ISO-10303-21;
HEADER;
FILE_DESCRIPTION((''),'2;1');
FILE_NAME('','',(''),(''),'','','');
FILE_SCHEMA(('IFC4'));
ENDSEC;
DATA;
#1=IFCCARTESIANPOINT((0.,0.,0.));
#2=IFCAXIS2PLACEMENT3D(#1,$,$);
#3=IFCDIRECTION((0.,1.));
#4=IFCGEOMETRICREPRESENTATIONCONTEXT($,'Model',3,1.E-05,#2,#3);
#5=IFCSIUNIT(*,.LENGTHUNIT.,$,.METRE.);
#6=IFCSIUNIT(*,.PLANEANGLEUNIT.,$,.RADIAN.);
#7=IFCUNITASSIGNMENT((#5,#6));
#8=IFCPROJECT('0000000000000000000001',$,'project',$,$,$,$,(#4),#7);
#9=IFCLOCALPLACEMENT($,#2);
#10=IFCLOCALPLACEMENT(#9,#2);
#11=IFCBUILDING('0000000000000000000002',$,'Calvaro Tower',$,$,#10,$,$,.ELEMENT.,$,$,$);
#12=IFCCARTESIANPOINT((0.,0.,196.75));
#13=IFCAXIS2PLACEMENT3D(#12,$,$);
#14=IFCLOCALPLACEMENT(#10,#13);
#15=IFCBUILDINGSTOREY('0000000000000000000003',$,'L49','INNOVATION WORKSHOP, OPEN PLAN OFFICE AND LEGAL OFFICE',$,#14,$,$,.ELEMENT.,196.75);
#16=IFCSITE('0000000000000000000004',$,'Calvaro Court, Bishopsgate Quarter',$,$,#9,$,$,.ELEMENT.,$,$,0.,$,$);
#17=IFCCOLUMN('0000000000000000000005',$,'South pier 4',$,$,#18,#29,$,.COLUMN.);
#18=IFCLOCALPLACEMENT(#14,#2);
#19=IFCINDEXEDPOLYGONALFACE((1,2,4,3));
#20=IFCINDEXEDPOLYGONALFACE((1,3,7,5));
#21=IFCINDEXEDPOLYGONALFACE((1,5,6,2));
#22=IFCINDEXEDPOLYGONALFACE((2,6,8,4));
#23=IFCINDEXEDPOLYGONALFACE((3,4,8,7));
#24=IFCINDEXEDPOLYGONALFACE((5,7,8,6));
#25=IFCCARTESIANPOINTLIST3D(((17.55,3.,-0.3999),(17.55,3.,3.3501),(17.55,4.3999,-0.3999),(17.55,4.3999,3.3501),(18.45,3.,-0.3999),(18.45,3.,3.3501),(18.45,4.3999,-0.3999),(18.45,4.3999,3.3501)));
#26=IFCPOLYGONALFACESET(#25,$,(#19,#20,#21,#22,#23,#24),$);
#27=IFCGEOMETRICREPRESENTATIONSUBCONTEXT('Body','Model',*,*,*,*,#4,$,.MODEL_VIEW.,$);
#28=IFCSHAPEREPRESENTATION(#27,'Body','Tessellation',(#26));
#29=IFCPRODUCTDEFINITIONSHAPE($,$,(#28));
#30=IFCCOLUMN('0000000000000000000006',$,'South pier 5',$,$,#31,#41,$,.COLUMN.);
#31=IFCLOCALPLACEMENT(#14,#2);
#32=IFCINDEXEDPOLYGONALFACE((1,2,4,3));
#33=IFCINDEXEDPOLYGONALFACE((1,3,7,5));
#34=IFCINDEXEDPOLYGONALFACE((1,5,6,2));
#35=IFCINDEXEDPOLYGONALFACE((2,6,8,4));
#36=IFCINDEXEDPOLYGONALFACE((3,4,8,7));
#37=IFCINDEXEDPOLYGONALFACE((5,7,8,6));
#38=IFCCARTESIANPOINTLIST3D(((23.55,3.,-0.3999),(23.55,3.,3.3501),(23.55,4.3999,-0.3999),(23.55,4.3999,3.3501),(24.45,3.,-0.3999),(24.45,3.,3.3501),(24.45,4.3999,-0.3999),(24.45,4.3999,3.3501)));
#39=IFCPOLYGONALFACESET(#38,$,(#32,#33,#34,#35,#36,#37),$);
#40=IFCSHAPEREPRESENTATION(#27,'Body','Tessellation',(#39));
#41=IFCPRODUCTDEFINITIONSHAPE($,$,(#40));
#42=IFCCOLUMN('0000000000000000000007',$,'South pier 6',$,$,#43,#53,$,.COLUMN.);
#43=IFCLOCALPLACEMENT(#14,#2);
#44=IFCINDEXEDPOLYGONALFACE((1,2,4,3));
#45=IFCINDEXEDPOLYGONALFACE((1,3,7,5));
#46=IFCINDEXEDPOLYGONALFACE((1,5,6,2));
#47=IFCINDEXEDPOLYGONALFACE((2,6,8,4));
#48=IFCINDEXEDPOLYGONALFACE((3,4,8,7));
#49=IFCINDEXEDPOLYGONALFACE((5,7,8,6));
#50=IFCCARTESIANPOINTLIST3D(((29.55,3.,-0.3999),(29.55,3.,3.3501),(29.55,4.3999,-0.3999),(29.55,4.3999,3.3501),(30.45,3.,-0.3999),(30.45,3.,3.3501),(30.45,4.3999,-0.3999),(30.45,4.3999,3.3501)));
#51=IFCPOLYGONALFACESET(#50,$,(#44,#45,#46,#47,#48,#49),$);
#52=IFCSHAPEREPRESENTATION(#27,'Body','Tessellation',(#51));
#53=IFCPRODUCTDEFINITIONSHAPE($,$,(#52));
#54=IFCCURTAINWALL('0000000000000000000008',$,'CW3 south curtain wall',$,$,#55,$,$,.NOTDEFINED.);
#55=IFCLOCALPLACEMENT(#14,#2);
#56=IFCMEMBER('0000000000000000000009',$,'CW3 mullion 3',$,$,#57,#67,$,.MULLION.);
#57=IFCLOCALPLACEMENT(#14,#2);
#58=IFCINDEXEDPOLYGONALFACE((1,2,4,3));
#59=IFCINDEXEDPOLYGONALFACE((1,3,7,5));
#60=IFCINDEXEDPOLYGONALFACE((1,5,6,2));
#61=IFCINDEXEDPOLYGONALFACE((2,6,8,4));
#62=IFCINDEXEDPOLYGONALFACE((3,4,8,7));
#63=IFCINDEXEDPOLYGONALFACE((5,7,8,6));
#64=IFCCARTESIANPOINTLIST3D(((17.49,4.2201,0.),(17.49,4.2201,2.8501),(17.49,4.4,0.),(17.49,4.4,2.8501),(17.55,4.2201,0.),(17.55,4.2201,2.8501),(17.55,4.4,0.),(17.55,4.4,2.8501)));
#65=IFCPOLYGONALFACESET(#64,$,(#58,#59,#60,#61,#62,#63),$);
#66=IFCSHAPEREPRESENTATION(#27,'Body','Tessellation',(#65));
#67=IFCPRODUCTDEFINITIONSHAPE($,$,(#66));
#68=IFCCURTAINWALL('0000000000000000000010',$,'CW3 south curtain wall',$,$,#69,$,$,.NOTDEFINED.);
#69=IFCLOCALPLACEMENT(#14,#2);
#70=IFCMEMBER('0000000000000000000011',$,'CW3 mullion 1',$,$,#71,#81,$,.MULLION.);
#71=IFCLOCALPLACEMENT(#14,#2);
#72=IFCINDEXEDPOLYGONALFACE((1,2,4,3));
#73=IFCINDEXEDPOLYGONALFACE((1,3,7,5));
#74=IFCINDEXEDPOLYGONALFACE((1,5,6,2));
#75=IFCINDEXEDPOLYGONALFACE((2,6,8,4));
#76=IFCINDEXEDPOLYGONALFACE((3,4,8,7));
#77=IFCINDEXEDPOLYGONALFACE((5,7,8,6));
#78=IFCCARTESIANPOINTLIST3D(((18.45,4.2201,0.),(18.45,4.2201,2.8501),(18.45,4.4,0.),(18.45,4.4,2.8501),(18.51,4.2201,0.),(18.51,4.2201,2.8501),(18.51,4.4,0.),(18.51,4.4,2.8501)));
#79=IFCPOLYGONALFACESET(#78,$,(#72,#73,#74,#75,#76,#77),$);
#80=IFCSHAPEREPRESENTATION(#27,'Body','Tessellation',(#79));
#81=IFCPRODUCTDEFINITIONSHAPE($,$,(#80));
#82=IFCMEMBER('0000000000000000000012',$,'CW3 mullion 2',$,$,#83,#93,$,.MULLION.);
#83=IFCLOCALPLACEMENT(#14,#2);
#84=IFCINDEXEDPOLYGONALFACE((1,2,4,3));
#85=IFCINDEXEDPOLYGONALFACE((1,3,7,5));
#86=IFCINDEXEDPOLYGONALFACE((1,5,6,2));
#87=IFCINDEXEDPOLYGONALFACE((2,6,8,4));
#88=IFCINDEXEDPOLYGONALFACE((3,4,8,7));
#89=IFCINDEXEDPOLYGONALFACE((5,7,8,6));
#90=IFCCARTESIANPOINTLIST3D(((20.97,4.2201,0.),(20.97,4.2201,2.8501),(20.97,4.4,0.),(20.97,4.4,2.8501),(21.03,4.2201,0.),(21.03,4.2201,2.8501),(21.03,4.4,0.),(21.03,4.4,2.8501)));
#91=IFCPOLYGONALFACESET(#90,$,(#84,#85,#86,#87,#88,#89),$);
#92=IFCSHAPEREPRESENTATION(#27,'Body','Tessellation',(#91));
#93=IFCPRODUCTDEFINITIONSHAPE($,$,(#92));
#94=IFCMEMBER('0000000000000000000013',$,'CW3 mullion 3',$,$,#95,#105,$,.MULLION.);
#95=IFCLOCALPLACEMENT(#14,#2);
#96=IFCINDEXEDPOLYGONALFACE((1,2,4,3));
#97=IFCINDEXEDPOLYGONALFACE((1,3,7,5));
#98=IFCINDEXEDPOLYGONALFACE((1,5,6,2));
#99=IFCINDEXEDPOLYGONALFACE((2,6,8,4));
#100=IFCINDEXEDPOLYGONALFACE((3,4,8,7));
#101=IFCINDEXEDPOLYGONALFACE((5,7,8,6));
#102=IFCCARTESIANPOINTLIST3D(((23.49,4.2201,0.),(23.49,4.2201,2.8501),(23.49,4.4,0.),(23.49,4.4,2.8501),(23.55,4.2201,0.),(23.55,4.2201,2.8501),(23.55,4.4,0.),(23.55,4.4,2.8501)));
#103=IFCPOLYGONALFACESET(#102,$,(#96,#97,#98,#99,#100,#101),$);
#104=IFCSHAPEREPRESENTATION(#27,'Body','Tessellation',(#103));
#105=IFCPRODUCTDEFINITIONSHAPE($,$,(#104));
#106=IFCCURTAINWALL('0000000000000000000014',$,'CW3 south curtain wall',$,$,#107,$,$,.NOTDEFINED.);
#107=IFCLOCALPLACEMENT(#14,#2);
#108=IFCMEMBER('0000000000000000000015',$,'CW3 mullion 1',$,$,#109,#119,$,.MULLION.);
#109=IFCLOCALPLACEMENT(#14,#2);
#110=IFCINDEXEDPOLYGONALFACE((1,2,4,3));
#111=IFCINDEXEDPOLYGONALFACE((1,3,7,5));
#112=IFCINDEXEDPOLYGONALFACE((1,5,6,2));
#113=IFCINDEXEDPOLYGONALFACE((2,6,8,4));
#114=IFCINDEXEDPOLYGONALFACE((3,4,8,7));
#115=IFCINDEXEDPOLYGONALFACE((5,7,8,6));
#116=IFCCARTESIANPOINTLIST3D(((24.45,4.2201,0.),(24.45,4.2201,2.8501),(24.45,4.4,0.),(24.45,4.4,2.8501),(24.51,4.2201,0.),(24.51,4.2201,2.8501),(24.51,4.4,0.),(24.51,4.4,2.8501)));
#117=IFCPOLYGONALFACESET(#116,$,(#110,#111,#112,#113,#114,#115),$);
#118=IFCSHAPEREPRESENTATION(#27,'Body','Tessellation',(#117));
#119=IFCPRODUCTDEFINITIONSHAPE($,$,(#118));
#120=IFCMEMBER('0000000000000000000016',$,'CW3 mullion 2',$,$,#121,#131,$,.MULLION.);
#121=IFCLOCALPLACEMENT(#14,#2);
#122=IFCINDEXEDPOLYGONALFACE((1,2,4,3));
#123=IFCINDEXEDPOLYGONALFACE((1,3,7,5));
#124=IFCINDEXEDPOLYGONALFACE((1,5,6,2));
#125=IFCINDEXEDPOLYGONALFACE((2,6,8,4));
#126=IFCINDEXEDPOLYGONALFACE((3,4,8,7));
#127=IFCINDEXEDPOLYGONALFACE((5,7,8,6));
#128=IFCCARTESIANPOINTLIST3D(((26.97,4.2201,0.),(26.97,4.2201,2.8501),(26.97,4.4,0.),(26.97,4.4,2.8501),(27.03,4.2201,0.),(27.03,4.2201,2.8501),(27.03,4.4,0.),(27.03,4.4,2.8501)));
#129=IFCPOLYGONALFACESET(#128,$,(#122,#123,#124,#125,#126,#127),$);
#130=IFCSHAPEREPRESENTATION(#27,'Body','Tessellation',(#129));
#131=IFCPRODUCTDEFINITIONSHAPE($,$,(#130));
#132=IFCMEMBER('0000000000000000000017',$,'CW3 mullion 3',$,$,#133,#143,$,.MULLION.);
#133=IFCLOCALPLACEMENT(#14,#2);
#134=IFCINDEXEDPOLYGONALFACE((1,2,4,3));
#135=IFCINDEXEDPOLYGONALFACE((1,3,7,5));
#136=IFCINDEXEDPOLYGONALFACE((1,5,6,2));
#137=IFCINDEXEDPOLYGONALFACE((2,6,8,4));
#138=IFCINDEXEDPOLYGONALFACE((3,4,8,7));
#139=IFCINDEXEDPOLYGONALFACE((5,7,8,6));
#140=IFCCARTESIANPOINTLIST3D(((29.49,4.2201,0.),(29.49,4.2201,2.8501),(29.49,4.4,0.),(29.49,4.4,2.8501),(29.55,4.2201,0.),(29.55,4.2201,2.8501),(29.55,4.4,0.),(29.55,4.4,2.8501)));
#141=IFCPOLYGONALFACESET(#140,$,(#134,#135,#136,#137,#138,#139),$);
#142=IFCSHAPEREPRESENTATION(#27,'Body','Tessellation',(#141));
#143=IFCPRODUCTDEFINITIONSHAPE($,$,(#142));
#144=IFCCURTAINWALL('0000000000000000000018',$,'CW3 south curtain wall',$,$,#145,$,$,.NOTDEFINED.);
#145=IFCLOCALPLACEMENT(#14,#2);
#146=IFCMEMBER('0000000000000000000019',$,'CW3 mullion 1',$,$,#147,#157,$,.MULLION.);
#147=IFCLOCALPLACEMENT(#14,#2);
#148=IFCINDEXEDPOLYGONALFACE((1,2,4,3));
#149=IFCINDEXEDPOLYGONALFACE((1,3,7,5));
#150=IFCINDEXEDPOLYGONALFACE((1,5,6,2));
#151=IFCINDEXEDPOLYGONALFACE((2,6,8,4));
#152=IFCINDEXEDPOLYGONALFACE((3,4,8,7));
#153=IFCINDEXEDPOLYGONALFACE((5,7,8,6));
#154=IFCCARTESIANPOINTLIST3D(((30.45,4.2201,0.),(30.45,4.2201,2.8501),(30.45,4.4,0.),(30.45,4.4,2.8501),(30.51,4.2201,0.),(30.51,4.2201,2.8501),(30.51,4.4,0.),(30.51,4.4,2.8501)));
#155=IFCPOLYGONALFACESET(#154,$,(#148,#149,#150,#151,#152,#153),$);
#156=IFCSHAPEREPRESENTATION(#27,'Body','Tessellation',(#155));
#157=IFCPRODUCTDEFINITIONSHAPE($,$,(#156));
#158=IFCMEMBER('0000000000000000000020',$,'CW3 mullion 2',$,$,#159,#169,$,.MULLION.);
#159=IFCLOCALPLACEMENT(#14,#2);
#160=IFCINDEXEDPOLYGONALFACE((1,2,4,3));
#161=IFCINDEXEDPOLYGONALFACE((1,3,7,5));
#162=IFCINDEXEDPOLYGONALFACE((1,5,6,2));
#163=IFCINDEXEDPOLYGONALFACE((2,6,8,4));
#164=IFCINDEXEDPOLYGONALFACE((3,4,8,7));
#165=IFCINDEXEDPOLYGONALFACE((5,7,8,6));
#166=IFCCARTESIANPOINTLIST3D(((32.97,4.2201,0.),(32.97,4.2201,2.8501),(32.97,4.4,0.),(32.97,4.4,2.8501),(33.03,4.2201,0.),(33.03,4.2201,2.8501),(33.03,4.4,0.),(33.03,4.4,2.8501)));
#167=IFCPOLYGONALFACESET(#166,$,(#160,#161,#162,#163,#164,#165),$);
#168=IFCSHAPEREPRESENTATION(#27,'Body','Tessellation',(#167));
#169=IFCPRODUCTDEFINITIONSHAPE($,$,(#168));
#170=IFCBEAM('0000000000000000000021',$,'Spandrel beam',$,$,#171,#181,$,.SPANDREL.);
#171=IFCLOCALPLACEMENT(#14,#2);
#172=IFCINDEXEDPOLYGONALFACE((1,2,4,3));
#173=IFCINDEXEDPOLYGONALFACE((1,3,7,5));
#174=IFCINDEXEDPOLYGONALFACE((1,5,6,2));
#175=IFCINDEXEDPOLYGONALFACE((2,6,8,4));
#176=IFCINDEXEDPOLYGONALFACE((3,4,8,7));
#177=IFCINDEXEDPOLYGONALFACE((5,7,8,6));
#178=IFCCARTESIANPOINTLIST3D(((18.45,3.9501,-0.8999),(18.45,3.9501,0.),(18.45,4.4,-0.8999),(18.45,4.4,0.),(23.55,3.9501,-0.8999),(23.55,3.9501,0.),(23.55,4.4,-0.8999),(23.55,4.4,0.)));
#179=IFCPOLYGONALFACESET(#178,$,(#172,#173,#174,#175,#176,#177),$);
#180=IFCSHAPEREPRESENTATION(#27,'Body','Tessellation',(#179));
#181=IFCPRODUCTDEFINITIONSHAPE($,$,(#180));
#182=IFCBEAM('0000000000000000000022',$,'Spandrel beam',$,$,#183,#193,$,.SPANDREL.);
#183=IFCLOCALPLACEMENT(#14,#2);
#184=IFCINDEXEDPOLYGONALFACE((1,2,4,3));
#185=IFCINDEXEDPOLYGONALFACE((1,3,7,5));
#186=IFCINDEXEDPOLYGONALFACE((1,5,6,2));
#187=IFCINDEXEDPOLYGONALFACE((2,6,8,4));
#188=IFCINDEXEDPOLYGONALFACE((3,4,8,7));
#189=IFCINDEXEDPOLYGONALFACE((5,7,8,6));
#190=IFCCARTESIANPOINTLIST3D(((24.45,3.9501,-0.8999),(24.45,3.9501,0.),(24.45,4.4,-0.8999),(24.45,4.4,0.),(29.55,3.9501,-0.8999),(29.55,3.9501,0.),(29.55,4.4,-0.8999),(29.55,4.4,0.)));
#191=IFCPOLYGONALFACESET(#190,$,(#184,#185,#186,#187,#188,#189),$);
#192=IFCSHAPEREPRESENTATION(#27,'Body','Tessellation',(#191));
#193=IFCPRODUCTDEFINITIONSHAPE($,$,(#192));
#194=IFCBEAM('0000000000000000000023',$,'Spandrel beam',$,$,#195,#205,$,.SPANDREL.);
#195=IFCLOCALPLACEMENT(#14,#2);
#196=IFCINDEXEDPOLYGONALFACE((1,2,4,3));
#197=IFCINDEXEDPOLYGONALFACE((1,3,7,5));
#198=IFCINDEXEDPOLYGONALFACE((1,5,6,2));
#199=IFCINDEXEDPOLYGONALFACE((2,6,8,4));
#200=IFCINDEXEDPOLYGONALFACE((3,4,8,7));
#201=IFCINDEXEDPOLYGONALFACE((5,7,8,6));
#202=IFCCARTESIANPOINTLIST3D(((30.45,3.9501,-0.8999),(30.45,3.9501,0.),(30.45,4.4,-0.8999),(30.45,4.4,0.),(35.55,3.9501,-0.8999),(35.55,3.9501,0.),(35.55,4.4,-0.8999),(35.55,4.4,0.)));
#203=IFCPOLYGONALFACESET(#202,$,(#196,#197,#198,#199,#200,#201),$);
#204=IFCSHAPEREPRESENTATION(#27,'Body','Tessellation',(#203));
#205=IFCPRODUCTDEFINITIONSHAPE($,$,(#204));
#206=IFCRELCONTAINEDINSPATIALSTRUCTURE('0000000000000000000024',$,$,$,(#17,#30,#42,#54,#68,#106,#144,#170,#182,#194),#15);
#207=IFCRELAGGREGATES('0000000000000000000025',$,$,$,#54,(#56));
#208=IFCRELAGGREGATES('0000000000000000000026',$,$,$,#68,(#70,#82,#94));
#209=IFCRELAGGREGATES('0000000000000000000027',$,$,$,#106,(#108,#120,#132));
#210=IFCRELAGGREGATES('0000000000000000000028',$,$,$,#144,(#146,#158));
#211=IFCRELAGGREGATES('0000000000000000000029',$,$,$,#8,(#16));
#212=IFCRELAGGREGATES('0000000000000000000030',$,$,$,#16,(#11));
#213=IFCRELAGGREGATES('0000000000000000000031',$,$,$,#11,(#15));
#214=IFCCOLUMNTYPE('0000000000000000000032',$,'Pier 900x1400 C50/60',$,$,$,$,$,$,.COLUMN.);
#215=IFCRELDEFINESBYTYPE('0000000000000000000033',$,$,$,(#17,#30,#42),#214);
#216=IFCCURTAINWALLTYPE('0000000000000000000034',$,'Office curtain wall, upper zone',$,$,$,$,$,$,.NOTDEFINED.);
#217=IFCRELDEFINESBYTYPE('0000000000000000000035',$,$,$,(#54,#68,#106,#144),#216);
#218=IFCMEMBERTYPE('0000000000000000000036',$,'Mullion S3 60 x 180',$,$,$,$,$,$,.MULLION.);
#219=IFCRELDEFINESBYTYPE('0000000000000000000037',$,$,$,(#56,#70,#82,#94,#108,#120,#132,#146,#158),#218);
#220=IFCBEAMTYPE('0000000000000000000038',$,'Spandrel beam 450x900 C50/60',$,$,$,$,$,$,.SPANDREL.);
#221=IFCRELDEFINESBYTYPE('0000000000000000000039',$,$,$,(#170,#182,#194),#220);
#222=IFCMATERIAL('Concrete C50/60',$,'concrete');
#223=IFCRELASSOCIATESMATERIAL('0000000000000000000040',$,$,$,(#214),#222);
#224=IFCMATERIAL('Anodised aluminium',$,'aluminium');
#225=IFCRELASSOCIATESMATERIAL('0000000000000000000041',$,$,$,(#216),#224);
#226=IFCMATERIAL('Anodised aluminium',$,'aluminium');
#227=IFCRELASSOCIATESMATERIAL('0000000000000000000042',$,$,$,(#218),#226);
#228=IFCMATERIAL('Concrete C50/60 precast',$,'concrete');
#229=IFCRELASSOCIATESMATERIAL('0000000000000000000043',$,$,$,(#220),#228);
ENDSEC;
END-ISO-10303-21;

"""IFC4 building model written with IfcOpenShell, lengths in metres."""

from ifc_helpers import new_model, si_unit, direction, frame, origin, origin_2d, place, context, subcontext, project, spatial, rectangle, extrude, material, material_profile, profile_set, type_object, element, aggregate, save


model = new_model("IFC4")

# Units and contexts
model_context = context("Model", 3, precision=1e-05, world=origin(), true_north=direction((0.0, 1.0)))
body_context = subcontext(model_context, "Body", "Model", "MODEL_VIEW")
ifc_project = project(units=[si_unit("LENGTHUNIT", "METRE"), si_unit("PLANEANGLEUNIT", "RADIAN")], contexts=[model_context])

# Site, building, storey
site_placement = place(None, origin())
site = spatial("IfcSite", under=ifc_project, at=site_placement, Name="Calvaro Court, Bishopsgate Quarter", CompositionType="ELEMENT", RefElevation=0.0)
building_placement = place(site_placement, origin())
building = spatial("IfcBuilding", under=site, at=building_placement, Name="Calvaro Tower", CompositionType="ELEMENT")
storey_placement = place(building_placement, frame((0.0, 0.0, 196.75)))
storey = spatial("IfcBuildingStorey", under=building, at=storey_placement, Name="L49", Description="INNOVATION WORKSHOP, OPEN PLAN OFFICE AND LEGAL OFFICE", CompositionType="ELEMENT", Elevation=196.75)

# Columns
ifc_material_1 = material(Name="Concrete C50/60", Category="concrete")
ifc_material_profile_1 = material_profile(ifc_material_1, rectangle(XDim=0.8999, YDim=1.3999, at=origin_2d()), Name="RC 900x1400")
ifc_profile_set_1 = profile_set([ifc_material_profile_1], Name="Concrete C50/60")
column_type = type_object("IfcColumnType", Name="Pier 900x1400 C50/60", PredefinedType="COLUMN", material=ifc_profile_set_1)
for number, where, z_axis, x_axis, name in (
    (1, (18.0, 3.7, -0.3999), (0.0, 0.0, 1.0), (1.0, 0.0, 0.0), "South pier 4"),
    (2, (24.0, 3.7, -0.3999), (0.0, 0.0, 1.0), (1.0, 0.0, 0.0), "South pier 5"),
    (3, (30.0, 3.7, -0.3999), (0.0, 0.0, 1.0), (1.0, 0.0, 0.0), "South pier 6"),
):
    element("IfcColumn", number, at=place(storey_placement, frame(where, z_axis=z_axis, x_axis=x_axis)), inside=storey, type_object=column_type, Name=name, PredefinedType="COLUMN", context=body_context, shape_type="SweptSolid", body=[
        extrude(rectangle(XDim=0.8999, YDim=1.3999, at=origin_2d()), origin(), (0.0, 0.0, 1.0), 3.75),
    ])

# Curtain wall, member
ifc_material_2 = material(Name="Anodised aluminium", Category="aluminium")
curtain_wall_type = type_object("IfcCurtainWallType", Name="Office curtain wall, upper zone", PredefinedType="NOTDEFINED", material=ifc_material_2)
curtain_wall_1_placement = place(storey_placement, origin())
curtain_wall_1 = element("IfcCurtainWall", 4, at=curtain_wall_1_placement, inside=storey, type_object=curtain_wall_type, Name="CW3 south curtain wall", PredefinedType="NOTDEFINED")
ifc_material_3 = material(Name="Anodised aluminium", Category="aluminium")
ifc_material_profile_2 = material_profile(ifc_material_3, rectangle(XDim=0.1799, YDim=0.0601, at=origin_2d()), Name="Mullion S3 60 x 180")
ifc_profile_set_2 = profile_set([ifc_material_profile_2], Name="Anodised aluminium")
member_type_1 = type_object("IfcMemberType", Name="Mullion S3 60 x 180", PredefinedType="MULLION", material=ifc_profile_set_2)
member_1_placement = place(storey_placement, frame((17.52, 4.3101, 0.0), z_axis=(0.0, 0.0, 1.0), x_axis=(0.0, 1.0, 0.0)))
member_1 = element("IfcMember", 5, at=member_1_placement, type_object=member_type_1, Name="CW3 mullion 3", PredefinedType="MULLION", context=body_context, shape_type="SweptSolid", body=[
    extrude(rectangle(XDim=0.1799, YDim=0.0601, at=origin_2d()), origin(), (0.0, 0.0, 1.0), 2.8501),
])
aggregate(curtain_wall_1, [member_1])

# Curtain walls, members
curtain_wall_2_placement = place(storey_placement, origin())
curtain_wall_2 = element("IfcCurtainWall", 6, at=curtain_wall_2_placement, inside=storey, type_object=curtain_wall_type, Name="CW3 south curtain wall", PredefinedType="NOTDEFINED")
member_2_placement = place(storey_placement, frame((18.48, 4.3101, 0.0), z_axis=(0.0, 0.0, 1.0), x_axis=(0.0, 1.0, 0.0)))
member_2 = element("IfcMember", 7, at=member_2_placement, type_object=member_type_1, Name="CW3 mullion 1", PredefinedType="MULLION", context=body_context, shape_type="SweptSolid", body=[
    extrude(rectangle(XDim=0.1799, YDim=0.0601, at=origin_2d()), origin(), (0.0, 0.0, 1.0), 2.8501),
])
member_3_placement = place(storey_placement, frame((21.0, 4.3101, 0.0), z_axis=(0.0, 0.0, 1.0), x_axis=(0.0, 1.0, 0.0)))
member_3 = element("IfcMember", 8, at=member_3_placement, type_object=member_type_1, Name="CW3 mullion 2", PredefinedType="MULLION", context=body_context, shape_type="SweptSolid", body=[
    extrude(rectangle(XDim=0.1799, YDim=0.0601, at=origin_2d()), origin(), (0.0, 0.0, 1.0), 2.8501),
])
member_4_placement = place(storey_placement, frame((23.52, 4.3101, 0.0), z_axis=(0.0, 0.0, 1.0), x_axis=(0.0, 1.0, 0.0)))
member_4 = element("IfcMember", 9, at=member_4_placement, type_object=member_type_1, Name="CW3 mullion 3", PredefinedType="MULLION", context=body_context, shape_type="SweptSolid", body=[
    extrude(rectangle(XDim=0.1799, YDim=0.0601, at=origin_2d()), origin(), (0.0, 0.0, 1.0), 2.8501),
])
curtain_wall_3_placement = place(storey_placement, origin())
curtain_wall_3 = element("IfcCurtainWall", 10, at=curtain_wall_3_placement, inside=storey, type_object=curtain_wall_type, Name="CW3 south curtain wall", PredefinedType="NOTDEFINED")
member_5_placement = place(storey_placement, frame((24.48, 4.3101, 0.0), z_axis=(0.0, 0.0, 1.0), x_axis=(0.0, 1.0, 0.0)))
member_5 = element("IfcMember", 11, at=member_5_placement, type_object=member_type_1, Name="CW3 mullion 1", PredefinedType="MULLION", context=body_context, shape_type="SweptSolid", body=[
    extrude(rectangle(XDim=0.1799, YDim=0.0601, at=origin_2d()), origin(), (0.0, 0.0, 1.0), 2.8501),
])
member_6_placement = place(storey_placement, frame((27.0, 4.3101, 0.0), z_axis=(0.0, 0.0, 1.0), x_axis=(0.0, 1.0, 0.0)))
member_6 = element("IfcMember", 12, at=member_6_placement, type_object=member_type_1, Name="CW3 mullion 2", PredefinedType="MULLION", context=body_context, shape_type="SweptSolid", body=[
    extrude(rectangle(XDim=0.1799, YDim=0.0601, at=origin_2d()), origin(), (0.0, 0.0, 1.0), 2.8501),
])
member_7_placement = place(storey_placement, frame((29.52, 4.3101, 0.0), z_axis=(0.0, 0.0, 1.0), x_axis=(0.0, 1.0, 0.0)))
member_7 = element("IfcMember", 13, at=member_7_placement, type_object=member_type_1, Name="CW3 mullion 3", PredefinedType="MULLION", context=body_context, shape_type="SweptSolid", body=[
    extrude(rectangle(XDim=0.1799, YDim=0.0601, at=origin_2d()), origin(), (0.0, 0.0, 1.0), 2.8501),
])
curtain_wall_4_placement = place(storey_placement, origin())
curtain_wall_4 = element("IfcCurtainWall", 14, at=curtain_wall_4_placement, inside=storey, type_object=curtain_wall_type, Name="CW3 south curtain wall", PredefinedType="NOTDEFINED")
member_8_placement = place(storey_placement, frame((30.48, 4.3101, 0.0), z_axis=(0.0, 0.0, 1.0), x_axis=(0.0, 1.0, 0.0)))
member_8 = element("IfcMember", 15, at=member_8_placement, type_object=member_type_1, Name="CW3 mullion 1", PredefinedType="MULLION", context=body_context, shape_type="SweptSolid", body=[
    extrude(rectangle(XDim=0.1799, YDim=0.0601, at=origin_2d()), origin(), (0.0, 0.0, 1.0), 2.8501),
])
member_9_placement = place(storey_placement, frame((33.0, 4.3101, 0.0), z_axis=(0.0, 0.0, 1.0), x_axis=(0.0, 1.0, 0.0)))
member_9 = element("IfcMember", 16, at=member_9_placement, type_object=member_type_1, Name="CW3 mullion 2", PredefinedType="MULLION", context=body_context, shape_type="SweptSolid", body=[
    extrude(rectangle(XDim=0.1799, YDim=0.0601, at=origin_2d()), origin(), (0.0, 0.0, 1.0), 2.8501),
])

# Beams
ifc_material_4 = material(Name="Concrete C50/60 precast", Category="concrete")
ifc_material_profile_3 = material_profile(ifc_material_4, rectangle(XDim=0.45, YDim=0.8999, at=origin_2d()), Name="RC 450x900")
ifc_profile_set_3 = profile_set([ifc_material_profile_3], Name="Concrete C50/60 precast")
beam_type = type_object("IfcBeamType", Name="Spandrel beam 450x900 C50/60", PredefinedType="SPANDREL", material=ifc_profile_set_3)
for number, where, z_axis, x_axis, name in (
    (17, (18.45, 4.175, -0.45), (1.0, 0.0, 0.0), (0.0, 1.0, 0.0), "Spandrel beam"),
    (18, (24.45, 4.175, -0.45), (1.0, 0.0, 0.0), (0.0, 1.0, 0.0), "Spandrel beam"),
    (19, (30.45, 4.175, -0.45), (1.0, 0.0, 0.0), (0.0, 1.0, 0.0), "Spandrel beam"),
):
    element("IfcBeam", number, at=place(storey_placement, frame(where, z_axis=z_axis, x_axis=x_axis)), inside=storey, type_object=beam_type, Name=name, PredefinedType="SPANDREL", context=body_context, shape_type="SweptSolid", body=[
        extrude(rectangle(XDim=0.45, YDim=0.8999, at=origin_2d()), origin(), (0.0, 0.0, 1.0), 5.1001),
    ])

aggregate(curtain_wall_2, [member_2, member_3, member_4])
aggregate(curtain_wall_3, [member_5, member_6, member_7])
aggregate(curtain_wall_4, [member_8, member_9])

save(model, "model.ifc")
